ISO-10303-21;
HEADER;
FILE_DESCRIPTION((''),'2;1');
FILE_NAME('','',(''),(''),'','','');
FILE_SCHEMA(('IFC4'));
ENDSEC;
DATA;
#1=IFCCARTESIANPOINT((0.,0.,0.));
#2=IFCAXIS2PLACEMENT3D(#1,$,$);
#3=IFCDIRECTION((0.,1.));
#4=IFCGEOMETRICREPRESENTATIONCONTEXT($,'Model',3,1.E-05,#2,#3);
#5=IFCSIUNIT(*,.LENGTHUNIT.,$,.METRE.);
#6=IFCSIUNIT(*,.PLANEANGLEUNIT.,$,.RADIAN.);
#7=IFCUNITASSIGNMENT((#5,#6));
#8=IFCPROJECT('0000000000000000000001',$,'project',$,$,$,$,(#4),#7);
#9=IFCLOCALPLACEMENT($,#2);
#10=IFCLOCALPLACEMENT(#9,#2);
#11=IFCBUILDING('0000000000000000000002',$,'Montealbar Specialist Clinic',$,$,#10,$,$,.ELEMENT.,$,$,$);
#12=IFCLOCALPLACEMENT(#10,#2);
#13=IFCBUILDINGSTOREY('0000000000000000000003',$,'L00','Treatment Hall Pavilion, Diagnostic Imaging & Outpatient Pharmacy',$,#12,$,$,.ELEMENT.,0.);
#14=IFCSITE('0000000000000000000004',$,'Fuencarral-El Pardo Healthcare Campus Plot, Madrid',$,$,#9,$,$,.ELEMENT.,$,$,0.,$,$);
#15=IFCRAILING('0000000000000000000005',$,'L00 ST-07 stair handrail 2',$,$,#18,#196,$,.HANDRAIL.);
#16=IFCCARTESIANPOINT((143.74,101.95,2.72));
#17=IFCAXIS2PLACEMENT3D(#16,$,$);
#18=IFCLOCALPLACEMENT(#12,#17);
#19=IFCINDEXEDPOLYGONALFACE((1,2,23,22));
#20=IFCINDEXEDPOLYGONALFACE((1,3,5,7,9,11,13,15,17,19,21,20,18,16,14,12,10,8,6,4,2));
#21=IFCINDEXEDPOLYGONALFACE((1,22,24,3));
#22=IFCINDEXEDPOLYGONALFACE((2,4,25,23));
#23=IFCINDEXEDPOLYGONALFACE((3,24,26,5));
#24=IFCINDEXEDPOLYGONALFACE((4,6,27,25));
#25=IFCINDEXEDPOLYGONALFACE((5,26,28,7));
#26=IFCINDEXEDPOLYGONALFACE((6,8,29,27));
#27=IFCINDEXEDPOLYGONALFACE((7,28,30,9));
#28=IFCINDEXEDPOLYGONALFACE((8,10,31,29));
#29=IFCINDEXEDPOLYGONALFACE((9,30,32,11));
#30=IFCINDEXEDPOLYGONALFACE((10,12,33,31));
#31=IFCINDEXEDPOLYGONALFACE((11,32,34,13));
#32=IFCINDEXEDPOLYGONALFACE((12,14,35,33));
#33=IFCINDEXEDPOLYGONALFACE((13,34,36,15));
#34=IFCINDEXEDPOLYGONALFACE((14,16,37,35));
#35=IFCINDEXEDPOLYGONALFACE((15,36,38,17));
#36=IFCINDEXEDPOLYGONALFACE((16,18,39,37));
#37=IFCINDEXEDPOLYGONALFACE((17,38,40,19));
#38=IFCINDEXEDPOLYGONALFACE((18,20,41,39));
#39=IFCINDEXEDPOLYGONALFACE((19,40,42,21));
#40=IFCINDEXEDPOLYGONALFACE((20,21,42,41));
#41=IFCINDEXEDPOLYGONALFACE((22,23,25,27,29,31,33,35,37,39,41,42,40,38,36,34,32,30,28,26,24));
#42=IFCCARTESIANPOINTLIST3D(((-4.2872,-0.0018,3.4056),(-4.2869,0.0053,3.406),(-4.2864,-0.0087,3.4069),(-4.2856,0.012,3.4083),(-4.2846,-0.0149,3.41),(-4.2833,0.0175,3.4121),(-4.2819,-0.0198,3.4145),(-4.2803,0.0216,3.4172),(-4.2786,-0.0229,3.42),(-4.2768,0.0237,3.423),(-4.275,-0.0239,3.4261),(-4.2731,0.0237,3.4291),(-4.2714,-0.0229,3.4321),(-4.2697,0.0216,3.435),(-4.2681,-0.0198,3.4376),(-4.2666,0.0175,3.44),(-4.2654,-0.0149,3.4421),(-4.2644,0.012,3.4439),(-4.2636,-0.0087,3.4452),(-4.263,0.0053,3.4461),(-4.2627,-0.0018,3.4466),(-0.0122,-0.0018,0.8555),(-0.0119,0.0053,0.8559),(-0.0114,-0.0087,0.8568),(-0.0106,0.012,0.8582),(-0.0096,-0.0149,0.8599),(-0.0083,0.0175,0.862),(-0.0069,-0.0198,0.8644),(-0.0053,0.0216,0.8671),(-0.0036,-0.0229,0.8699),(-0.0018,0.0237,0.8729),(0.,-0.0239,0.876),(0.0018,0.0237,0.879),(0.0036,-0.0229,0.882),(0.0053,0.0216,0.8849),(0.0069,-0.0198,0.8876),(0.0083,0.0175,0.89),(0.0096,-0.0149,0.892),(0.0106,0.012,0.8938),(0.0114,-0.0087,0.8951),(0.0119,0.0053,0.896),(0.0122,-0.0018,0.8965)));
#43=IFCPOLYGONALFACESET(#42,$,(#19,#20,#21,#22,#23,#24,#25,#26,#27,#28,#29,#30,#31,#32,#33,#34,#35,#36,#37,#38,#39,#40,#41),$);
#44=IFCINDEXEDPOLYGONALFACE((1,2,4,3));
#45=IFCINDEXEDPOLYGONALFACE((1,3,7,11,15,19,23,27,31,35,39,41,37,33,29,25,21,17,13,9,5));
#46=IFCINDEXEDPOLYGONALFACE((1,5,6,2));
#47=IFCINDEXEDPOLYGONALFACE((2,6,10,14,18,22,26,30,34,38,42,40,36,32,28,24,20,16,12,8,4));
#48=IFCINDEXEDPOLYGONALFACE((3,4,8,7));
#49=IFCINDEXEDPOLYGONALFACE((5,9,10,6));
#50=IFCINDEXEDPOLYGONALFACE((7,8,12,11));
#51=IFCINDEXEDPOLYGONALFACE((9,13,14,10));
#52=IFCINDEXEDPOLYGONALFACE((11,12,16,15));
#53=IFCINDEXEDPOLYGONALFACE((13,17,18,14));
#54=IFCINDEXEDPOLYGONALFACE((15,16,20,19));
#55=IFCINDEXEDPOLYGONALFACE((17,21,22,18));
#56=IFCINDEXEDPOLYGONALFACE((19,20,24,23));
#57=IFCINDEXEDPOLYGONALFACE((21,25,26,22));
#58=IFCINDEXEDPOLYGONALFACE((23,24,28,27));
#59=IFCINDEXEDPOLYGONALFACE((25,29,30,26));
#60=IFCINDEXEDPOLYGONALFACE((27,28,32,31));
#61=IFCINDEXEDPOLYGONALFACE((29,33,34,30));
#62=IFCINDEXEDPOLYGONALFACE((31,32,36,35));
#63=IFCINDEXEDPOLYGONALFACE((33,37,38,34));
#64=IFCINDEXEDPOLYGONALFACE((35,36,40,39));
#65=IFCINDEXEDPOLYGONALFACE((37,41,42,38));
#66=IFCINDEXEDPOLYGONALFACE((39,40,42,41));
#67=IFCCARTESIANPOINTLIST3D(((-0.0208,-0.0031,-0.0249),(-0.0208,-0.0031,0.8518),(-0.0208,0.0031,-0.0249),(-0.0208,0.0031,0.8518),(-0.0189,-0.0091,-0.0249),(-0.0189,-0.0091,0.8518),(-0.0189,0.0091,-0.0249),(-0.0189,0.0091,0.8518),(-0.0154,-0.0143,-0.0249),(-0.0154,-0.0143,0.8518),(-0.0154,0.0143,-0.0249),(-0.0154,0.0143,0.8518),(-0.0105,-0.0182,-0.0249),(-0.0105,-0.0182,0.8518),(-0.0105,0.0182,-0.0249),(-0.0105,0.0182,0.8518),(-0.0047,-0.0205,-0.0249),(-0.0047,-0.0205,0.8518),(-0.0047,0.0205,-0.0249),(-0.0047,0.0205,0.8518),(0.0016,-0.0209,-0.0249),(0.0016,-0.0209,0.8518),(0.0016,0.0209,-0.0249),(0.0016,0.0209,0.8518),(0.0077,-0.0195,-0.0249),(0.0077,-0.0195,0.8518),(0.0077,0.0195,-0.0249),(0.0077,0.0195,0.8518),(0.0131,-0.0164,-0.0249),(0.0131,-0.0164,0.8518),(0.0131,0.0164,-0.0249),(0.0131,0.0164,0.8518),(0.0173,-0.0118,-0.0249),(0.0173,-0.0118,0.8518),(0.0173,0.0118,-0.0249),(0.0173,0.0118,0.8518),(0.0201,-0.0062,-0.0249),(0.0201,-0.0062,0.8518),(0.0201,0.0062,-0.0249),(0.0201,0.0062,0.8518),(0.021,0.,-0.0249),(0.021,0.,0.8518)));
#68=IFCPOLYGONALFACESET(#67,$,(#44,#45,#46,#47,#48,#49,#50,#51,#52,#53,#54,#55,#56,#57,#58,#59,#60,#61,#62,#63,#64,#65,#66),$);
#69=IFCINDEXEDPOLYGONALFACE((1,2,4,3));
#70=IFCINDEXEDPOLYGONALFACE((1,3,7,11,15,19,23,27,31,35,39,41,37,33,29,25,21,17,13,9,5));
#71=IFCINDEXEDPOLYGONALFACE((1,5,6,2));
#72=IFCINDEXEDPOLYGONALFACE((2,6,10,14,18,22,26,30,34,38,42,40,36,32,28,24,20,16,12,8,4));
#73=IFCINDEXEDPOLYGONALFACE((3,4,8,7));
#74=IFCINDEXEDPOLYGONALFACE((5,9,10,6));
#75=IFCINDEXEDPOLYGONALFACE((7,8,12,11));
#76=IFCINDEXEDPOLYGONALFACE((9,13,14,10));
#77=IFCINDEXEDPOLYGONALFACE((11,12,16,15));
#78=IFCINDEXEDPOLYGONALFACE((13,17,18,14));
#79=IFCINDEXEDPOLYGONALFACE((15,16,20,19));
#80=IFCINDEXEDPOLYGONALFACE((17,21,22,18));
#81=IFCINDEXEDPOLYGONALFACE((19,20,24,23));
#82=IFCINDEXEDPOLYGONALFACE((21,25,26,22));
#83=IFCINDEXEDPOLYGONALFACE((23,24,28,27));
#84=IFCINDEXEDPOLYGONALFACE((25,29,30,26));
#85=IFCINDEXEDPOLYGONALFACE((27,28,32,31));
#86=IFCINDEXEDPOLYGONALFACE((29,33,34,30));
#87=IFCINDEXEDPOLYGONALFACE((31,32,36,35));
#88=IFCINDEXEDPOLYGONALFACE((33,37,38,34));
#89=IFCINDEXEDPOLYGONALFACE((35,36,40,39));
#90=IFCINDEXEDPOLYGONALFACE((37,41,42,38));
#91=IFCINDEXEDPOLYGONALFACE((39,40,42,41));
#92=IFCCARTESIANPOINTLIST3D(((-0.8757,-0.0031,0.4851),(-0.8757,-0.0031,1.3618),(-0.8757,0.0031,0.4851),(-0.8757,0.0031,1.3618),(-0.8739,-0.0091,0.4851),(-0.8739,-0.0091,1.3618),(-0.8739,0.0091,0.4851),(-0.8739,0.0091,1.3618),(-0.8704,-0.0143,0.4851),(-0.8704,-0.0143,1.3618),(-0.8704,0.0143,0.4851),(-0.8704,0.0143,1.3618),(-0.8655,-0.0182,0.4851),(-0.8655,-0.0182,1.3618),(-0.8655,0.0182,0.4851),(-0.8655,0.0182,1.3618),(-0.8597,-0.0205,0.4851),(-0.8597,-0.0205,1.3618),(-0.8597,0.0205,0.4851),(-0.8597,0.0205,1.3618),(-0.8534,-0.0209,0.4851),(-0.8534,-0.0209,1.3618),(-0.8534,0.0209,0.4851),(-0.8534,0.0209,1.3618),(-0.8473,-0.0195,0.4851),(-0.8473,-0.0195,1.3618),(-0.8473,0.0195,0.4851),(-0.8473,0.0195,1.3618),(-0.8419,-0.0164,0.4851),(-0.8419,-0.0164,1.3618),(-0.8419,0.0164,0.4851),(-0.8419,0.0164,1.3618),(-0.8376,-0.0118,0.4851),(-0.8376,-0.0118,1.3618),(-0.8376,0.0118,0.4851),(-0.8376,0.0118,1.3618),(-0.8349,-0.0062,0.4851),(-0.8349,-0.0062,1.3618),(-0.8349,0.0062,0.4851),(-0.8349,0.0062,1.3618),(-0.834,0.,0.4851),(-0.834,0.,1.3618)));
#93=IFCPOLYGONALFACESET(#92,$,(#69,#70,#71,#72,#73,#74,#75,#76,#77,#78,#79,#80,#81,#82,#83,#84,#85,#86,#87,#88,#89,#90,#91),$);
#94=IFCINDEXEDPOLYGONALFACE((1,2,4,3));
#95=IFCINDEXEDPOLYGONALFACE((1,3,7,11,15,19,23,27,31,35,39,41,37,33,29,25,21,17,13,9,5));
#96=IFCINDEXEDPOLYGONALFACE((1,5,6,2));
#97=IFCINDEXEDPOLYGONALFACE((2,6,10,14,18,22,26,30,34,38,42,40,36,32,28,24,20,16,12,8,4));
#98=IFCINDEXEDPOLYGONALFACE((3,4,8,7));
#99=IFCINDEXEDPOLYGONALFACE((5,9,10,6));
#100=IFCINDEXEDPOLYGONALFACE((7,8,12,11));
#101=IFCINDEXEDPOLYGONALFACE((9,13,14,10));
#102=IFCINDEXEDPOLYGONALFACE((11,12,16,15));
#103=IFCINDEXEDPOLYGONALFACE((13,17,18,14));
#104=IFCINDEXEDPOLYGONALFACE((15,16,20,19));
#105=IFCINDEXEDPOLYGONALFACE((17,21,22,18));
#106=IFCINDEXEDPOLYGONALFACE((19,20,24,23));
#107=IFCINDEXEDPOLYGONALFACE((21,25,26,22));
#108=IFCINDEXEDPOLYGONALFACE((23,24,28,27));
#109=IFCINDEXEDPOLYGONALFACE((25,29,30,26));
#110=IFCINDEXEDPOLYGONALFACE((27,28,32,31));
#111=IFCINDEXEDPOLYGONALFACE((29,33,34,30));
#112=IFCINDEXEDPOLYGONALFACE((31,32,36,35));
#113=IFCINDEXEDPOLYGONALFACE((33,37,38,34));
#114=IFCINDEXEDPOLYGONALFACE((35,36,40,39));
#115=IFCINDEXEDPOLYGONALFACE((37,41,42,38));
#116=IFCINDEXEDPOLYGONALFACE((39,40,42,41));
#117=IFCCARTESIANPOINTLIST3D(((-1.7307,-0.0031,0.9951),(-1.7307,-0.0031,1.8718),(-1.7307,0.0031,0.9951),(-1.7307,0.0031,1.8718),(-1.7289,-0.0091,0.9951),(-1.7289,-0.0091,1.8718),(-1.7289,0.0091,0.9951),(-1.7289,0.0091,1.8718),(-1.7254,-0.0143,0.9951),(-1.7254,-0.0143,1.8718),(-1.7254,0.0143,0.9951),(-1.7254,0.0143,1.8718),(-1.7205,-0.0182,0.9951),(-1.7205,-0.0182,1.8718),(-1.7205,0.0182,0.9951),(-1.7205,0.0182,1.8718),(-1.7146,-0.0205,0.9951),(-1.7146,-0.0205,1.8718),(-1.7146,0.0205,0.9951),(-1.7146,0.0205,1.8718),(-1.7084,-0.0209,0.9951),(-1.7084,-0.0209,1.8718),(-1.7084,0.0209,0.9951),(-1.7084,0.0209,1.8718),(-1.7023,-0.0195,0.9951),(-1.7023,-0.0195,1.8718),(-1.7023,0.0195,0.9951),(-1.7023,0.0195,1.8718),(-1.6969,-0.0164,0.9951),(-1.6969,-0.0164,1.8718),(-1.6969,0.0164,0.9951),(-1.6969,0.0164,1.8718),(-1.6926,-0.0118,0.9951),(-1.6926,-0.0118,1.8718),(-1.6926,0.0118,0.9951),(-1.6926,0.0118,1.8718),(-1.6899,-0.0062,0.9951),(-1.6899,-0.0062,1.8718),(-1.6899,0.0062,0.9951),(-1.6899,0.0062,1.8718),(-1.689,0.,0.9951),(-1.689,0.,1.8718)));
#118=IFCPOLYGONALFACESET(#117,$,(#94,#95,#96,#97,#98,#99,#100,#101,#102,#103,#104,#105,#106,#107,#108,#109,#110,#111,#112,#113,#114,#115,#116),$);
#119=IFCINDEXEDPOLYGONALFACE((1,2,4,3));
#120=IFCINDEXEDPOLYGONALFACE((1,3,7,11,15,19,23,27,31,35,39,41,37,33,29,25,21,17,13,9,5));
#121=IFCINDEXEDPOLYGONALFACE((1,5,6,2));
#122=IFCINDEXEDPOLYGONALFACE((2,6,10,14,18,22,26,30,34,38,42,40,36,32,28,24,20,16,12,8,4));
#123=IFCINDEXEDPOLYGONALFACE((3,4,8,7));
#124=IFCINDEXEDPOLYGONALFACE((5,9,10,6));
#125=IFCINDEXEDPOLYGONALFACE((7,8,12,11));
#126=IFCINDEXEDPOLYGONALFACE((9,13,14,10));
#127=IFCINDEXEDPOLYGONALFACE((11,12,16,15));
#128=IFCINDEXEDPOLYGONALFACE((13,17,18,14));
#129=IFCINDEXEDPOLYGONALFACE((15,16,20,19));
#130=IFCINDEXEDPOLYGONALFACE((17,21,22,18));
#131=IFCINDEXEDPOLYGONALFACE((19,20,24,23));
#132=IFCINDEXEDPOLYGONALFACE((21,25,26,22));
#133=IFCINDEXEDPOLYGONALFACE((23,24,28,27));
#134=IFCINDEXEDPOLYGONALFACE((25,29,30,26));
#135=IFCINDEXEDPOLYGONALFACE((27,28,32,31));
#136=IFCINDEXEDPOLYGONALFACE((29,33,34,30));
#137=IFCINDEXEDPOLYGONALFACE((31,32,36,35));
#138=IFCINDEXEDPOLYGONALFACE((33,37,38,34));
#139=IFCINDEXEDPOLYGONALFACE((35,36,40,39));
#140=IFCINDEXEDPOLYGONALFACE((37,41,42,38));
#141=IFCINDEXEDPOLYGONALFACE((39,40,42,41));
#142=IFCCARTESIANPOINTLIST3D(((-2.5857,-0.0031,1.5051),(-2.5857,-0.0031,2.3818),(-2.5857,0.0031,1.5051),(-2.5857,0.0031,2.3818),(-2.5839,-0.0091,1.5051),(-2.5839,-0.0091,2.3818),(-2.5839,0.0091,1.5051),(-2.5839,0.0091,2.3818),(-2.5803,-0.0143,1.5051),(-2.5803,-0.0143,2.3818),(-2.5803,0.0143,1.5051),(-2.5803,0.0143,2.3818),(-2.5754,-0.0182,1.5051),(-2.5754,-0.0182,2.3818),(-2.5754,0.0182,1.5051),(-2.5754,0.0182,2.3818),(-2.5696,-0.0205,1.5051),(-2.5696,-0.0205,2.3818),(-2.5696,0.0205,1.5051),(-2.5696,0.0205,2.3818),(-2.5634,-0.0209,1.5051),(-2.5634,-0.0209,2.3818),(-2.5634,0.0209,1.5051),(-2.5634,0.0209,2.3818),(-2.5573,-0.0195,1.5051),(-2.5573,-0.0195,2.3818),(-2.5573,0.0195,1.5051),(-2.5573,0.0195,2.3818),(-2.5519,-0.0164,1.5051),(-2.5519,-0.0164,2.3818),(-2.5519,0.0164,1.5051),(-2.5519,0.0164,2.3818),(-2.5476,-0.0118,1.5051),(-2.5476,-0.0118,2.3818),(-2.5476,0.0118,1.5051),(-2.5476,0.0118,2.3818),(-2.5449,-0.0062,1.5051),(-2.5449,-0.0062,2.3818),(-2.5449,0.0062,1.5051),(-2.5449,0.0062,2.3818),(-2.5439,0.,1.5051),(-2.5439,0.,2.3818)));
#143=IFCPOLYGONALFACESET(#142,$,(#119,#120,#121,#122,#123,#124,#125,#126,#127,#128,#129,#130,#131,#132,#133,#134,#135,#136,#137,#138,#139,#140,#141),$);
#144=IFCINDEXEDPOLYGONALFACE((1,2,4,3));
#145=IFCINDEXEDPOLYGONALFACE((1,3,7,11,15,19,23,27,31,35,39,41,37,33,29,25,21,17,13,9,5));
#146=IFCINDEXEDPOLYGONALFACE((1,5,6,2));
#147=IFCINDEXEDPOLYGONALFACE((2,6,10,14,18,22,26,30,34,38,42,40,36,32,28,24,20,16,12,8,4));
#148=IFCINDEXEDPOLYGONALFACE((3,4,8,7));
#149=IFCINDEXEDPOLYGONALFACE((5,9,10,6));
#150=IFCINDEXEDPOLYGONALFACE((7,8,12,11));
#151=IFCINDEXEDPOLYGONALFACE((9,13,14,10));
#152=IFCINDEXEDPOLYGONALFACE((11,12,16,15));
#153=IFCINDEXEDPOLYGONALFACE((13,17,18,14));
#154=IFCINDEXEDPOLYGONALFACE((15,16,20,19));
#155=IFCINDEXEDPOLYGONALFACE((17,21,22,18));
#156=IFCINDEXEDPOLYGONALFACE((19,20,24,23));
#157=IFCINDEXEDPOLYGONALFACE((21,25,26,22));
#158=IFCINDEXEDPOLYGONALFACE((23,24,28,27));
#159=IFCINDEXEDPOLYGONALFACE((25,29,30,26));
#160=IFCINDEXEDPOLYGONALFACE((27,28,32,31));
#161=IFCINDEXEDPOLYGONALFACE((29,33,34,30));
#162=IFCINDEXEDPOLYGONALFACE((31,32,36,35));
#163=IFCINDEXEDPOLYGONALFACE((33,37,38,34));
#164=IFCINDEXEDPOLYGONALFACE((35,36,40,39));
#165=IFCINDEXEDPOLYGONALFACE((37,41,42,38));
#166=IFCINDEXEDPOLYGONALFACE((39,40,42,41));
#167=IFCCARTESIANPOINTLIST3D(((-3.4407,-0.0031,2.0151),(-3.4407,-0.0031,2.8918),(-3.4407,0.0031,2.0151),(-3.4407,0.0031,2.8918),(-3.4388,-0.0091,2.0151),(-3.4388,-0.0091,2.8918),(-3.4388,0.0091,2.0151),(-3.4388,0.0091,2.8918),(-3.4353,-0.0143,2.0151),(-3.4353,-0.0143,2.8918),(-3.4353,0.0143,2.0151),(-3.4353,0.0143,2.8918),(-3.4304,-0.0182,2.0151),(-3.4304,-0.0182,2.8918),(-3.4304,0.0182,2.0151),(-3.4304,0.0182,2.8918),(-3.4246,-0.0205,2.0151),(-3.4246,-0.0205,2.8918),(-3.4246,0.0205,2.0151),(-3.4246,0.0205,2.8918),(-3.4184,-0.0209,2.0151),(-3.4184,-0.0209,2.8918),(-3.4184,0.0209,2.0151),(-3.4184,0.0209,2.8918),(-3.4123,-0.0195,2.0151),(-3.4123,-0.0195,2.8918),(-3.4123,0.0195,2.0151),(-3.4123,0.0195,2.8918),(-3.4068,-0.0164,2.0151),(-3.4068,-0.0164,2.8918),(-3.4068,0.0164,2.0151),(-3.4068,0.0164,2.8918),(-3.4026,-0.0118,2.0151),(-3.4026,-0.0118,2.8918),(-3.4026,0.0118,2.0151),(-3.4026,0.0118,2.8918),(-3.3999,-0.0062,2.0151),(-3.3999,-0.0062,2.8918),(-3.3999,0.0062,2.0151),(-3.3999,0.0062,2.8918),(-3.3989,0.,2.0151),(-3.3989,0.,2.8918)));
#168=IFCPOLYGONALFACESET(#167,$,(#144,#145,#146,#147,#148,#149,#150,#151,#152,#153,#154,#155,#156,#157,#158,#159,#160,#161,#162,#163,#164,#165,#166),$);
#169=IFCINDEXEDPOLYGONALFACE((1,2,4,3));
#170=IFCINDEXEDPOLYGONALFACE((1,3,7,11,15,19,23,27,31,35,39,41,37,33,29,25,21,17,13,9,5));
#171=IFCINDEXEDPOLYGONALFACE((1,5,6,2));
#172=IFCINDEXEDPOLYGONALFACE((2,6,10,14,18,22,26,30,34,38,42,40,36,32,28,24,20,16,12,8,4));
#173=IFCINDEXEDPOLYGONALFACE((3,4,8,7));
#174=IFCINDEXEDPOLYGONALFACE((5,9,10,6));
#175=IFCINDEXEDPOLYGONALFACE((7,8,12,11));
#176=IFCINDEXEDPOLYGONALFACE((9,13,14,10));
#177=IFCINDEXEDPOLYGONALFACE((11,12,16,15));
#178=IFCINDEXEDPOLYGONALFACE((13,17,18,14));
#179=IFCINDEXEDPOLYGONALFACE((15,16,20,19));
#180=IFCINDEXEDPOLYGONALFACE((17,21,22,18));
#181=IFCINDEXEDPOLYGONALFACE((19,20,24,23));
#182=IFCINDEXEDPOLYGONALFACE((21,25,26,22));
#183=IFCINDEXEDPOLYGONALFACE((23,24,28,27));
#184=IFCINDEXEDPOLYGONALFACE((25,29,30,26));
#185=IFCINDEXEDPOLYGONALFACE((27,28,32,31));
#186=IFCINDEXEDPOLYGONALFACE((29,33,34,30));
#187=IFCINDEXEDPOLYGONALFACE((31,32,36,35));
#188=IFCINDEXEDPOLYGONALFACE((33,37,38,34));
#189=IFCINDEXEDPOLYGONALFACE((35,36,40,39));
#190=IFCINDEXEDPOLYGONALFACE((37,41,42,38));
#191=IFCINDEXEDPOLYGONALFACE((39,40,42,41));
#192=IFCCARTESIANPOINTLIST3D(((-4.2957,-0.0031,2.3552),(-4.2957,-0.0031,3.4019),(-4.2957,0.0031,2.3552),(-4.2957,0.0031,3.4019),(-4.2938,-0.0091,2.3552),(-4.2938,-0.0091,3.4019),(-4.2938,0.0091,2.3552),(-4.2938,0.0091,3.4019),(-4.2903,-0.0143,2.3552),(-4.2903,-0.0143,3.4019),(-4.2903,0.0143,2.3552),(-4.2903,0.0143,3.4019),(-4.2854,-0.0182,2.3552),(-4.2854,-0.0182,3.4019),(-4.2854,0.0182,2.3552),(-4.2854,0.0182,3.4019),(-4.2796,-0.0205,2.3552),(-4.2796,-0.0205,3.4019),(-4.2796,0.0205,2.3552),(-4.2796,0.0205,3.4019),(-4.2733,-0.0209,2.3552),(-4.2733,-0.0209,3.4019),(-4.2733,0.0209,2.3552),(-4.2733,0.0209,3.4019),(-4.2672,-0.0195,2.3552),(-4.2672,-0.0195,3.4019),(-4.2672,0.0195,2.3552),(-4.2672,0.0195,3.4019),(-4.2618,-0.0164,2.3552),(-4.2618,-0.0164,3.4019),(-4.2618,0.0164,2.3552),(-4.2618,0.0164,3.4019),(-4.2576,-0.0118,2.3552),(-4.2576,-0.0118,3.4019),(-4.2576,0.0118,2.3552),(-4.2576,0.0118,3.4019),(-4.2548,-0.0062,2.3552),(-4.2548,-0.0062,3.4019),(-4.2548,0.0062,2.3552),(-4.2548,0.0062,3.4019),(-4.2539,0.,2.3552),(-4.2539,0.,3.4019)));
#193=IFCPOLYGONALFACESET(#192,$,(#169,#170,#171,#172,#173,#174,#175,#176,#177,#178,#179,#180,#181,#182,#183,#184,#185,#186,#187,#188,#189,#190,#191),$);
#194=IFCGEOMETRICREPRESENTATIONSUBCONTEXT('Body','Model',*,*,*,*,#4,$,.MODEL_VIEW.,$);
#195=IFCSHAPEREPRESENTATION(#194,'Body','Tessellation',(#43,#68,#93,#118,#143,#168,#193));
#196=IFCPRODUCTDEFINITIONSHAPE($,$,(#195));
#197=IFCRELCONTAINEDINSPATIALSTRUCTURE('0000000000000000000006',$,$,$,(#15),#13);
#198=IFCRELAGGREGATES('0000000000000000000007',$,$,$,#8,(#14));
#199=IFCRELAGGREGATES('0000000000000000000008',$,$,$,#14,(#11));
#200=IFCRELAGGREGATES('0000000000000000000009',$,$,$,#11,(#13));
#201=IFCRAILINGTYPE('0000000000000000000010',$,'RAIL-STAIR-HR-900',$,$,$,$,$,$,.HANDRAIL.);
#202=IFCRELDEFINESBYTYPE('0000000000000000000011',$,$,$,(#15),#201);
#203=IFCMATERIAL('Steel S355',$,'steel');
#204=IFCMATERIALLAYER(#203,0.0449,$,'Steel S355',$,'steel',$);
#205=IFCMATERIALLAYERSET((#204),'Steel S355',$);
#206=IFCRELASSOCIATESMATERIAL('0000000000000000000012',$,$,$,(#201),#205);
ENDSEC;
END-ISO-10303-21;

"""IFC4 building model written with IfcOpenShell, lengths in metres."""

from ifc_helpers import new_model, si_unit, direction, frame, origin, origin_2d, place, context, subcontext, project, spatial, circle, extrude, material, layer, layer_set, type_object, element, save


model = new_model("IFC4")

# Units and contexts
model_context = context("Model", 3, precision=1e-05, world=origin(), true_north=direction((0.0, 1.0)))
body_context = subcontext(model_context, "Body", "Model", "MODEL_VIEW")
ifc_project = project(units=[si_unit("LENGTHUNIT", "METRE"), si_unit("PLANEANGLEUNIT", "RADIAN")], contexts=[model_context])

# Site, building, storey
site_placement = place(None, origin())
site = spatial("IfcSite", under=ifc_project, at=site_placement, Name="Fuencarral-El Pardo Healthcare Campus Plot, Madrid", CompositionType="ELEMENT", RefElevation=0.0)
building_placement = place(site_placement, origin())
building = spatial("IfcBuilding", under=site, at=building_placement, Name="Montealbar Specialist Clinic", CompositionType="ELEMENT")
storey_placement = place(building_placement, origin())
storey = spatial("IfcBuildingStorey", under=building, at=storey_placement, Name="L00", Description="Treatment Hall Pavilion, Diagnostic Imaging & Outpatient Pharmacy", CompositionType="ELEMENT", Elevation=0.0)

# Shared definitions
ifc_material_1 = material(Name="Steel S355", Category="steel")

# Railing
ifc_layer_1 = layer(ifc_material_1, 0.0449, Name="Steel S355", Category="steel")
ifc_layer_set_1 = layer_set([ifc_layer_1], Name="Steel S355")
railing_type_1 = type_object("IfcRailingType", Name="RAIL-STAIR-HR-900", PredefinedType="HANDRAIL", material=ifc_layer_set_1)
railing_1_placement = place(storey_placement, frame((143.74, 101.95, 2.72)))
element("IfcRailing", 1, at=railing_1_placement, inside=storey, type_object=railing_type_1, Name="L00 ST-07 stair handrail 2", PredefinedType="HANDRAIL", context=body_context, shape_type="SweptSolid", body=[
    extrude(circle(Radius=0.0239, at=origin_2d()), frame((0.0, 0.0, 0.876), z_axis=(-0.85881, 0.0, 0.512294), x_axis=(0.0, -1.0, 0.0)), (0.0, 0.0, 1.0), 4.9778),
    extrude(circle(Radius=0.021, at=origin_2d()), frame((0.0, 0.0, -0.0249)), (0.0, 0.0, 1.0), 0.8767),
    extrude(circle(Radius=0.021, at=origin_2d()), frame((-0.855, 0.0, 0.4851)), (0.0, 0.0, 1.0), 0.8767),
    extrude(circle(Radius=0.021, at=origin_2d()), frame((-1.71, 0.0, 0.9951)), (0.0, 0.0, 1.0), 0.8767),
    extrude(circle(Radius=0.021, at=origin_2d()), frame((-2.5649, 0.0, 1.5051)), (0.0, 0.0, 1.0), 0.8767),
    extrude(circle(Radius=0.021, at=origin_2d()), frame((-3.4199, 0.0, 2.0151)), (0.0, 0.0, 1.0), 0.8767),
    extrude(circle(Radius=0.021, at=origin_2d()), frame((-4.2749, 0.0, 2.3552)), (0.0, 0.0, 1.0), 1.0466),
])

save(model, "model.ifc")
